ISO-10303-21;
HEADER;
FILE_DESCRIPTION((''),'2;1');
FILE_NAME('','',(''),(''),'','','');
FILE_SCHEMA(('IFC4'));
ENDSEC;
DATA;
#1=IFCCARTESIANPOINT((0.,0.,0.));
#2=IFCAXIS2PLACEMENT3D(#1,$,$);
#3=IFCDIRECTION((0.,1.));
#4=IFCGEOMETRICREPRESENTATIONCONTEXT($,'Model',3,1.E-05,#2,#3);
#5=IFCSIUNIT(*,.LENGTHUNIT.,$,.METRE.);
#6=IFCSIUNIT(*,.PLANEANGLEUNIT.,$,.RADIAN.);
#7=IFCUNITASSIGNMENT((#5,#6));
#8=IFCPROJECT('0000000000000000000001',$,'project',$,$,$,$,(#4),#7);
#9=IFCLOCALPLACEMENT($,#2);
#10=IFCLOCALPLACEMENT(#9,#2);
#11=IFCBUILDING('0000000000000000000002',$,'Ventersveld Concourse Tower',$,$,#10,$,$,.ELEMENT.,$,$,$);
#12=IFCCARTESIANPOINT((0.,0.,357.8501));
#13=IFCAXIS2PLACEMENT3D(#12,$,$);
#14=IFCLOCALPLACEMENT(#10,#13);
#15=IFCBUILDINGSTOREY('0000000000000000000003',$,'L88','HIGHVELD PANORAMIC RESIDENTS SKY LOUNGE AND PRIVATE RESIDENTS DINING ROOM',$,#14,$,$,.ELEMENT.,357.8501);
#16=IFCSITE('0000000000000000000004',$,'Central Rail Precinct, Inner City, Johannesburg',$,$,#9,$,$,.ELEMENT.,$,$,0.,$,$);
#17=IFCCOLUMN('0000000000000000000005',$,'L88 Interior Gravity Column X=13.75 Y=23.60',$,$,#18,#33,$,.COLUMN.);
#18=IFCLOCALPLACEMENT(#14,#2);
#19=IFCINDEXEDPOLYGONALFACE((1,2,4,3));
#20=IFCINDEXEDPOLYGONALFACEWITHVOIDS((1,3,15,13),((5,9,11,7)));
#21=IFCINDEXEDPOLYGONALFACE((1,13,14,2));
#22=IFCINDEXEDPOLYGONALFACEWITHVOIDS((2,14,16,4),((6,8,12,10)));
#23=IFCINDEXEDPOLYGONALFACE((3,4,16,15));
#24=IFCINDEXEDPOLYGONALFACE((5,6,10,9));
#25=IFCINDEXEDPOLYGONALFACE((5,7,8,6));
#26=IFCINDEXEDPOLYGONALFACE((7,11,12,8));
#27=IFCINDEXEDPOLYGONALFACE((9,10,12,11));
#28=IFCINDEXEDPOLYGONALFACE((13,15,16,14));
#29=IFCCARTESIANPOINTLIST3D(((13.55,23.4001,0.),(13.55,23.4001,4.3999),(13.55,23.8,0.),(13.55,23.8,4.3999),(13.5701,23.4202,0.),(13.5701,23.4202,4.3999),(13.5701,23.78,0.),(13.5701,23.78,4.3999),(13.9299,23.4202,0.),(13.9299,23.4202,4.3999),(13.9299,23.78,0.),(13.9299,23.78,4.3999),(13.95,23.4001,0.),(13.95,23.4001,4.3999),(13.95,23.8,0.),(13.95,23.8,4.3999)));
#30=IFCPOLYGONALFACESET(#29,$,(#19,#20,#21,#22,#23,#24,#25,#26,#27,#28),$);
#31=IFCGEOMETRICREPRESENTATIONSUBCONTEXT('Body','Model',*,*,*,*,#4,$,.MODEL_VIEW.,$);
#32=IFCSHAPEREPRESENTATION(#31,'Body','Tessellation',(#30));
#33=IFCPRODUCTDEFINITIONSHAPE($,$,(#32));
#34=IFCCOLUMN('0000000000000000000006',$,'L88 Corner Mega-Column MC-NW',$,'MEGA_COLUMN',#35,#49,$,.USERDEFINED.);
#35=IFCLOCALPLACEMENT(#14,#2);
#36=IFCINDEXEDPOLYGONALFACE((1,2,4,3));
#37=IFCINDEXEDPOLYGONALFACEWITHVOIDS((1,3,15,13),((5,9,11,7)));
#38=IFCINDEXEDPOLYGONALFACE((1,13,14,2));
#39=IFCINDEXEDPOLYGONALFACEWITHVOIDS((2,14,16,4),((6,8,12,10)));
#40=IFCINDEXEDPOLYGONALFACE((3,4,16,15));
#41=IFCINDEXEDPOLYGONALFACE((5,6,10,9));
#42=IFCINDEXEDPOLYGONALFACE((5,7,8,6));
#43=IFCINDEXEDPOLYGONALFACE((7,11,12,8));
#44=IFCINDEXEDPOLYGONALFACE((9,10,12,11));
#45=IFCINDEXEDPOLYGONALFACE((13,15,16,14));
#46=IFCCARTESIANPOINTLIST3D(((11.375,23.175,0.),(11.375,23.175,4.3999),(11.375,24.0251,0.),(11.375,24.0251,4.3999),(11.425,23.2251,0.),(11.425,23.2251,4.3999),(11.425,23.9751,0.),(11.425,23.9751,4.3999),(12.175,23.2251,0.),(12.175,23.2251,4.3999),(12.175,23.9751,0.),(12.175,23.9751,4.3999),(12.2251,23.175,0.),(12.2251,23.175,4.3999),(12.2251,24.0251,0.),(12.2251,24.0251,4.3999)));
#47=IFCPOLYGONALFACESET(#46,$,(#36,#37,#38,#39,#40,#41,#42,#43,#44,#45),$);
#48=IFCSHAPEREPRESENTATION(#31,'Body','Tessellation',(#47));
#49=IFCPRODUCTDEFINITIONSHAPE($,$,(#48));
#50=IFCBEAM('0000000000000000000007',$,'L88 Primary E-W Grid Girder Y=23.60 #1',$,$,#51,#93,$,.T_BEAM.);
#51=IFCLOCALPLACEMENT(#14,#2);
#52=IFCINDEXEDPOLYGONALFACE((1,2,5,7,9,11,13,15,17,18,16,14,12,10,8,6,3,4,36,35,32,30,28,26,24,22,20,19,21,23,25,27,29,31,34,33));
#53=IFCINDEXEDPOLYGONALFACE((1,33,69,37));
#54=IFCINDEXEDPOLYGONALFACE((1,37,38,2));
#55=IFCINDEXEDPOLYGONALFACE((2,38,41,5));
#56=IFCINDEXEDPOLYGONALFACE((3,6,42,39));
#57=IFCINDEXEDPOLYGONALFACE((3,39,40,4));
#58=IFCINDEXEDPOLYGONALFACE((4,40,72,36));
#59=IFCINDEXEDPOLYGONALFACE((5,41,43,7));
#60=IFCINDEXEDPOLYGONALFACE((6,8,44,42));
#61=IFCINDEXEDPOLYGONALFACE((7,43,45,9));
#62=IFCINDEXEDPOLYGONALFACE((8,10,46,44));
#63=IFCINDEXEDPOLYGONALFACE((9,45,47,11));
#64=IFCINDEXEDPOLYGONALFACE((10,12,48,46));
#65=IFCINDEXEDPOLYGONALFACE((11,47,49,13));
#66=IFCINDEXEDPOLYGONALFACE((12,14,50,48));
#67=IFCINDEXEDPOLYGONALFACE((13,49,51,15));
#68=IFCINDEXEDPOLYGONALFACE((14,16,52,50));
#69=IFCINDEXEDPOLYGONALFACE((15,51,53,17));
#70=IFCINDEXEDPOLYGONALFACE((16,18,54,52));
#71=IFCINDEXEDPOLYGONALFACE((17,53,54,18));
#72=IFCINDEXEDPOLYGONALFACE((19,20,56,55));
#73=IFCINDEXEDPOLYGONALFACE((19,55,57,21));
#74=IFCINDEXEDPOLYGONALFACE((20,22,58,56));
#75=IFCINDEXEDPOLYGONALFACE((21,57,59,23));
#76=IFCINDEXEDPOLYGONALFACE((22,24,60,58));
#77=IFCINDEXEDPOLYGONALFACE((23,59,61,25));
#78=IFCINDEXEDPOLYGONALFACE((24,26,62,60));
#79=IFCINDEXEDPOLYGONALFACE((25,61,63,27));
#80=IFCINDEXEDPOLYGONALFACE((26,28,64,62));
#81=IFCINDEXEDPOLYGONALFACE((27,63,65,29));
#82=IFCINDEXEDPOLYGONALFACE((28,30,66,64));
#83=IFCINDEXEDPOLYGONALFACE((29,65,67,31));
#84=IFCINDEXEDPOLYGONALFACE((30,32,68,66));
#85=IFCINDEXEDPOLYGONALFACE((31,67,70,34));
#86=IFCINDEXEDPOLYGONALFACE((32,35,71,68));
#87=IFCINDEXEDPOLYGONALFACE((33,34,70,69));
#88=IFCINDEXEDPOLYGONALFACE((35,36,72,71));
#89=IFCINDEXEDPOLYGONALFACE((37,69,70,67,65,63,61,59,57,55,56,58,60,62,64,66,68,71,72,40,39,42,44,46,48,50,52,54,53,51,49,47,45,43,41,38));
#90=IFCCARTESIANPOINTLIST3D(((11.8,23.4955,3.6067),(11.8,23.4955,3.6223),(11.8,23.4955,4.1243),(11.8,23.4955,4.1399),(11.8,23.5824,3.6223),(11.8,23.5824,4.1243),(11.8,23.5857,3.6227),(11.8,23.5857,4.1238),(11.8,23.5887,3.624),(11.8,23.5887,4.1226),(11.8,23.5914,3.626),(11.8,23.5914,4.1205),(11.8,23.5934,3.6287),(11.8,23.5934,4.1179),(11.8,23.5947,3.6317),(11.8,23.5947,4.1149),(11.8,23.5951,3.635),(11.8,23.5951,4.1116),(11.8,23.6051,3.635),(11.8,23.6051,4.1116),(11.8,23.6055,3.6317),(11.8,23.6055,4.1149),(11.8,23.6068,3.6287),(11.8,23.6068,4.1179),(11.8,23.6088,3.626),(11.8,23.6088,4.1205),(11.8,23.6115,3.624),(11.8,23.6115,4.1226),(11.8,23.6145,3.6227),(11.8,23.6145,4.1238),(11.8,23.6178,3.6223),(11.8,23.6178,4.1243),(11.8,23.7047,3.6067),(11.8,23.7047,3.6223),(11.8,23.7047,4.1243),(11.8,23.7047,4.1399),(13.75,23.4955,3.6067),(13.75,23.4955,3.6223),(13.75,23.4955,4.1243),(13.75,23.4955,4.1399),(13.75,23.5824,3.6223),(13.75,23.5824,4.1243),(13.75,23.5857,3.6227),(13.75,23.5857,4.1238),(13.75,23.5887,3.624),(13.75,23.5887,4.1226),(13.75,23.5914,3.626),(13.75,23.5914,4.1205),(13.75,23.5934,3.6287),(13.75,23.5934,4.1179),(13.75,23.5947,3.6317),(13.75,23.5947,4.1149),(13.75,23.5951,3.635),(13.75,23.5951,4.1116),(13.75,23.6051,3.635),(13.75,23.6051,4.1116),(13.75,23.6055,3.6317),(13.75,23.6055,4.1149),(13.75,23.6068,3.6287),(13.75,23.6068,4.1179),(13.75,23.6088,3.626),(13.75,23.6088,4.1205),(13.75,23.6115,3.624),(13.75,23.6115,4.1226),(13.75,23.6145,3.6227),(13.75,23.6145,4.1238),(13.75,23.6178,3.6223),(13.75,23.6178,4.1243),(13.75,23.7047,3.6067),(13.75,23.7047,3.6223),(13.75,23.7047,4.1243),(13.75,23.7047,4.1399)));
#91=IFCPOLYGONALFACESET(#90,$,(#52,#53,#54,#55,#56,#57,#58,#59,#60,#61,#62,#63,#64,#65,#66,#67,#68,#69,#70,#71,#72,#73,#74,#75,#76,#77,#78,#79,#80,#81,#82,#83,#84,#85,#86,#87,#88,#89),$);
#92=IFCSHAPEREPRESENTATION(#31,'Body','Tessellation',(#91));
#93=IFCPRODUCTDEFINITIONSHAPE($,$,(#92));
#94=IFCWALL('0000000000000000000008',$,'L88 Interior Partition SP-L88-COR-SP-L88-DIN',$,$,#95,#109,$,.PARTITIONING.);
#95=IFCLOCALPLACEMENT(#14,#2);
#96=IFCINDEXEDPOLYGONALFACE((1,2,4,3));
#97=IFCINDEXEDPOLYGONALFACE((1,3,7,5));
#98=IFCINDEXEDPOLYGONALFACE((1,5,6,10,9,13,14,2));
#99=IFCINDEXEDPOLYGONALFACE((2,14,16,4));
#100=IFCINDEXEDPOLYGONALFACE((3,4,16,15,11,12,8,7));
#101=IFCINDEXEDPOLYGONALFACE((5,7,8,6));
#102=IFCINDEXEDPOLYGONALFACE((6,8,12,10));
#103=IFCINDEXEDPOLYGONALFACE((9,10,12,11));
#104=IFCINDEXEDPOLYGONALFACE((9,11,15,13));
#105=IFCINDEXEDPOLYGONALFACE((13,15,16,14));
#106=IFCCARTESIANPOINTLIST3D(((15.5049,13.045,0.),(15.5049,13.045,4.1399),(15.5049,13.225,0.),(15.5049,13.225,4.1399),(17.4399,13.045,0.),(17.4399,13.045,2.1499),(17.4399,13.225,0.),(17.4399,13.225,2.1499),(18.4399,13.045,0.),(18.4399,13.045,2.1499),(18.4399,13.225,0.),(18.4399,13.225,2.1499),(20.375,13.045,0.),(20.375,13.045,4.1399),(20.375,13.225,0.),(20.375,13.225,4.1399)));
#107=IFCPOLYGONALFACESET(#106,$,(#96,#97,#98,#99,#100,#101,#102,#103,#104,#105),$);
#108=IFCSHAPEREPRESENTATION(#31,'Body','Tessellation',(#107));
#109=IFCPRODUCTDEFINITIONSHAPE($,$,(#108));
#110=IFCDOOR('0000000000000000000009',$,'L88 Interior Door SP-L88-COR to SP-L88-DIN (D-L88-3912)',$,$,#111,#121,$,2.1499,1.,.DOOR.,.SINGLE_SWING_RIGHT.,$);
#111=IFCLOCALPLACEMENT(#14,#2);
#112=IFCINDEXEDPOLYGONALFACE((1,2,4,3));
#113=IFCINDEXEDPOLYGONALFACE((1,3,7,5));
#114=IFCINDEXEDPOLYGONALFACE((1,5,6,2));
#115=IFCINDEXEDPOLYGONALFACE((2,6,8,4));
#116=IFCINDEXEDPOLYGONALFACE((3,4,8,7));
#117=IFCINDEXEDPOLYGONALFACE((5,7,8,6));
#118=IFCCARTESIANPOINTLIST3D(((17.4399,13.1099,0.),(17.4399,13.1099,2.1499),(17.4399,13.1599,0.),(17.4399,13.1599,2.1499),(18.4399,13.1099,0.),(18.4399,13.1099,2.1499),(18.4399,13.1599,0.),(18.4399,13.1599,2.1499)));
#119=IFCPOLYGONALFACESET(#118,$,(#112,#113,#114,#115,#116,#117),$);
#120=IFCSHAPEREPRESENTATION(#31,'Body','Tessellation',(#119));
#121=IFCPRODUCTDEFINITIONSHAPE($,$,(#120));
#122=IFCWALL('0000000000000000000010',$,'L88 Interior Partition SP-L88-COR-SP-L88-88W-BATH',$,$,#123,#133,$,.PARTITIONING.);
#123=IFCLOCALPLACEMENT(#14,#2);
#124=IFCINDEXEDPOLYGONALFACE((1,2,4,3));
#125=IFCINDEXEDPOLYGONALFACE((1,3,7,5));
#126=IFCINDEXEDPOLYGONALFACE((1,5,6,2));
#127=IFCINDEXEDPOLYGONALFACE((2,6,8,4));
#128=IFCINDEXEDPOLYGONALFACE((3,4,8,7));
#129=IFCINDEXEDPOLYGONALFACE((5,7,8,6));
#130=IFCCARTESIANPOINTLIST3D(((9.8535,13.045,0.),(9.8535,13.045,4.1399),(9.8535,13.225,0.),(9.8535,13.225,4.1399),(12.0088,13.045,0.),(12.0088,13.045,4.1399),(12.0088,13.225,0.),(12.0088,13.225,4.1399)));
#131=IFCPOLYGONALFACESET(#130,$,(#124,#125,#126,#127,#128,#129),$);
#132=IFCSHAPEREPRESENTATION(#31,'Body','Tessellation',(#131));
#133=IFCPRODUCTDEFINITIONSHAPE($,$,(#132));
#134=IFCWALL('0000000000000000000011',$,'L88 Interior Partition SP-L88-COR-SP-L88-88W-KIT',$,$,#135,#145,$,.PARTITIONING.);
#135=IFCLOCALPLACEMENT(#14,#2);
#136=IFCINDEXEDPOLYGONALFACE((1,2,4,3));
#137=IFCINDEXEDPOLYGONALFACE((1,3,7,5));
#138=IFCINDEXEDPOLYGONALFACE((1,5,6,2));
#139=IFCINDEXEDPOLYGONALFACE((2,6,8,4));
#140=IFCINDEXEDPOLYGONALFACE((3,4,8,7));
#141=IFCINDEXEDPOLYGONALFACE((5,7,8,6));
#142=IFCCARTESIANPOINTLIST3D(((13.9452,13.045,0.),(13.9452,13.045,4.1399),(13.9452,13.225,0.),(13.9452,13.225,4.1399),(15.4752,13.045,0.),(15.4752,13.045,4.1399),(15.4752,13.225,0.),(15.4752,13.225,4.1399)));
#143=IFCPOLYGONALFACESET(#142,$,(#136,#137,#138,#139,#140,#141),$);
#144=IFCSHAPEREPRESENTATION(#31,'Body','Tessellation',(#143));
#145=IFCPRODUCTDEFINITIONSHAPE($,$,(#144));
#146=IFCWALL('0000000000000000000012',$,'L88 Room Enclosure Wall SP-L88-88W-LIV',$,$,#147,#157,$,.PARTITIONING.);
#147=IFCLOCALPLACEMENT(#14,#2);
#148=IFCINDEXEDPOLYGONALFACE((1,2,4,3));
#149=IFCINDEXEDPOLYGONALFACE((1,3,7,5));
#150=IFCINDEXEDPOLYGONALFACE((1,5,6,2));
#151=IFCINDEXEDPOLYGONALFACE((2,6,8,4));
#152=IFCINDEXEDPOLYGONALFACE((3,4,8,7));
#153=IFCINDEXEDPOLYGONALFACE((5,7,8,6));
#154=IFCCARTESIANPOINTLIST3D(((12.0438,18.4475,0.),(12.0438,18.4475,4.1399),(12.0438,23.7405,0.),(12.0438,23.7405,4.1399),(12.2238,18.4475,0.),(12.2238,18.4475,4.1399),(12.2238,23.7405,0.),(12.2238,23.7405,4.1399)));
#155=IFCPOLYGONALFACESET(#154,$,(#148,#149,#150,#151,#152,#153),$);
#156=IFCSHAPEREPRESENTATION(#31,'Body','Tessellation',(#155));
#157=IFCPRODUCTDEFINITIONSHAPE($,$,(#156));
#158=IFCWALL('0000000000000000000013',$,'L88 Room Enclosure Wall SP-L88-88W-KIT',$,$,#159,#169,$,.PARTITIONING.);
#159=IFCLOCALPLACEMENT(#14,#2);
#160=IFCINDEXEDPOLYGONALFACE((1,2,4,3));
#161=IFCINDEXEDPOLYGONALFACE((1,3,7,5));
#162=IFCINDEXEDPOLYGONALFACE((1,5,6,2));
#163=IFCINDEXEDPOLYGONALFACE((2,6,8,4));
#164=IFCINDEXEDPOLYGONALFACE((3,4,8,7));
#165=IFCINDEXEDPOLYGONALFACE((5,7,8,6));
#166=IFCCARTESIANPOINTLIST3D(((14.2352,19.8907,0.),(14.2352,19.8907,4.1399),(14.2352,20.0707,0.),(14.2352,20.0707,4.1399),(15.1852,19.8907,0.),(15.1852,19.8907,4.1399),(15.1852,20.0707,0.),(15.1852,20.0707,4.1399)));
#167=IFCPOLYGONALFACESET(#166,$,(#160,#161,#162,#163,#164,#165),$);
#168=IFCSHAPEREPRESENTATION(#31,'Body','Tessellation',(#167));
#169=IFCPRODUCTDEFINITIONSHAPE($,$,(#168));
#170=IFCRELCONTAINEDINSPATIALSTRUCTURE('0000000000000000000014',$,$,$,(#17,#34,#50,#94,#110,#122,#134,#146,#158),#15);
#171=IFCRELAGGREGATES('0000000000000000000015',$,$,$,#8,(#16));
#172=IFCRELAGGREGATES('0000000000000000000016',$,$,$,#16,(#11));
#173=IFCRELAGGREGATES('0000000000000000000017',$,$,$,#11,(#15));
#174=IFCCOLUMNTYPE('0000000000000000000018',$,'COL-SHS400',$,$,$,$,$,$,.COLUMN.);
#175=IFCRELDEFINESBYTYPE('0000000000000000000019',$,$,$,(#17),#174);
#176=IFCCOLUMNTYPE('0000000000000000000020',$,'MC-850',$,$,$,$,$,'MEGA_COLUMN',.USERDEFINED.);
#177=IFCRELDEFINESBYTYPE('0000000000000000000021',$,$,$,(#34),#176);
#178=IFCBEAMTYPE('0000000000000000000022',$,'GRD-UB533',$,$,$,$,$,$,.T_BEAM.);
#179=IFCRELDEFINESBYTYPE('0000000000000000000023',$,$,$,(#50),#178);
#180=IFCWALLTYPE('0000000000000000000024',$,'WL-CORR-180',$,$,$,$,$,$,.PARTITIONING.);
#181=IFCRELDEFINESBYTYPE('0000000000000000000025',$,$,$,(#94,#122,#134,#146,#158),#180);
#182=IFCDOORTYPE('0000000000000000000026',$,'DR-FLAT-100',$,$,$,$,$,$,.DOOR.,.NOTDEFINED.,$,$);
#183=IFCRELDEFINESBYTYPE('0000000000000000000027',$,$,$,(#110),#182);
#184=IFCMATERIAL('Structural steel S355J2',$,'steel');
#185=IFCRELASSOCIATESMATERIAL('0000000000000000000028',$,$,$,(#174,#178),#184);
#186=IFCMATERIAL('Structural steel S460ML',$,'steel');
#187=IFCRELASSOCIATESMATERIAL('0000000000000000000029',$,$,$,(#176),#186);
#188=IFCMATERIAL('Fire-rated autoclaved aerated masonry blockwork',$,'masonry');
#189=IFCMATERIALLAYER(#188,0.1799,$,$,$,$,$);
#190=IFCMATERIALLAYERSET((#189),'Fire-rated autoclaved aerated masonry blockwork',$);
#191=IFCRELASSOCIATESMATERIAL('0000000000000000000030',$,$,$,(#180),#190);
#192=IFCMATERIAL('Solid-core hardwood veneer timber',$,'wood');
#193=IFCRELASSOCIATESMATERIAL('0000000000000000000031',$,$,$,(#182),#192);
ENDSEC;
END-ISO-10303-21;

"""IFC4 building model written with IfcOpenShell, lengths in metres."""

from ifc_helpers import new_model, si_unit, direction, frame, frame_2d, origin, origin_2d, place, context, subcontext, project, spatial, rectangle, hollow_rectangle, i_section, extrude, material, layer, layer_set, material_profile, profile_set, type_object, element, fill, save


model = new_model("IFC4")

# Units and contexts
model_context = context("Model", 3, precision=1e-05, world=origin(), true_north=direction((0.0, 1.0)))
body_context = subcontext(model_context, "Body", "Model", "MODEL_VIEW")
ifc_project = project(units=[si_unit("LENGTHUNIT", "METRE"), si_unit("PLANEANGLEUNIT", "RADIAN")], contexts=[model_context])

# Site, building, storey
site_placement = place(None, origin())
site = spatial("IfcSite", under=ifc_project, at=site_placement, Name="Central Rail Precinct, Inner City, Johannesburg", CompositionType="ELEMENT", RefElevation=0.0)
building_placement = place(site_placement, origin())
building = spatial("IfcBuilding", under=site, at=building_placement, Name="Ventersveld Concourse Tower", CompositionType="ELEMENT")
storey_placement = place(building_placement, frame((0.0, 0.0, 357.8501)))
storey = spatial("IfcBuildingStorey", under=building, at=storey_placement, Name="L88", Description="HIGHVELD PANORAMIC RESIDENTS SKY LOUNGE AND PRIVATE RESIDENTS DINING ROOM", CompositionType="ELEMENT", Elevation=357.8501)

# Columns
ifc_material_1 = material(Name="Structural steel S355J2", Category="steel")
ifc_material_profile_1 = material_profile(ifc_material_1, hollow_rectangle(XDim=0.3999, YDim=0.3999, WallThickness=0.02, at=origin_2d()), Name="SHS 400x400x20")
ifc_profile_set_1 = profile_set([ifc_material_profile_1], Name="Structural steel S355J2")
column_type_1 = type_object("IfcColumnType", Name="COL-SHS400", PredefinedType="COLUMN", material=ifc_profile_set_1)
column_1_placement = place(storey_placement, frame((13.75, 23.6001, 0.0), z_axis=(0.0, 0.0, 1.0), x_axis=(1.0, 0.0, 0.0)))
element("IfcColumn", 1, at=column_1_placement, inside=storey, type_object=column_type_1, Name="L88 Interior Gravity Column X=13.75 Y=23.60", PredefinedType="COLUMN", context=body_context, shape_type="SweptSolid", body=[
    extrude(hollow_rectangle(XDim=0.3999, YDim=0.3999, WallThickness=0.02, at=origin_2d()), origin(), (0.0, 0.0, 1.0), 4.3999),
])
ifc_material_2 = material(Name="Structural steel S460ML", Category="steel")
ifc_material_profile_2 = material_profile(ifc_material_2, hollow_rectangle(XDim=0.8501, YDim=0.8501, WallThickness=0.05, at=origin_2d()), Name="BOX 850x850x50")
ifc_profile_set_2 = profile_set([ifc_material_profile_2], Name="Structural steel S460ML")
column_type_2 = type_object("IfcColumnType", Name="MC-850", ElementType="MEGA_COLUMN", PredefinedType="USERDEFINED", material=ifc_profile_set_2)
column_2_placement = place(storey_placement, frame((11.8, 23.6001, 0.0), z_axis=(0.0, 0.0, 1.0), x_axis=(1.0, 0.0, 0.0)))
element("IfcColumn", 2, at=column_2_placement, inside=storey, type_object=column_type_2, Name="L88 Corner Mega-Column MC-NW", ObjectType="MEGA_COLUMN", PredefinedType="USERDEFINED", context=body_context, shape_type="SweptSolid", body=[
    extrude(hollow_rectangle(XDim=0.8501, YDim=0.8501, WallThickness=0.05, at=origin_2d()), origin(), (0.0, 0.0, 1.0), 4.3999),
])

# Beam
ifc_material_profile_3 = material_profile(ifc_material_1, i_section(OverallWidth=0.2092, OverallDepth=0.5332, WebThickness=0.01, FlangeThickness=0.0156, FilletRadius=0.0127, at=origin_2d()), Name="UB 533x210x92")
ifc_profile_set_3 = profile_set([ifc_material_profile_3], Name="Structural steel S355J2")
beam_type = type_object("IfcBeamType", Name="GRD-UB533", PredefinedType="T_BEAM", material=ifc_profile_set_3)
beam_placement = place(storey_placement, frame((11.8, 23.6001, 3.8733), z_axis=(1.0, 0.0, 0.0), x_axis=(0.0, 1.0, 0.0)))
element("IfcBeam", 3, at=beam_placement, inside=storey, type_object=beam_type, Name="L88 Primary E-W Grid Girder Y=23.60 #1", PredefinedType="T_BEAM", context=body_context, shape_type="SweptSolid", body=[
    extrude(i_section(OverallWidth=0.2092, OverallDepth=0.5332, WebThickness=0.01, FlangeThickness=0.0156, FilletRadius=0.0127, at=origin_2d()), origin(), (0.0, 0.0, 1.0), 1.95),
])

# Wall, opening, door
ifc_material_3 = material(Name="Fire-rated autoclaved aerated masonry blockwork", Category="masonry")
ifc_layer_1 = layer(ifc_material_3, 0.1799)
ifc_layer_set_1 = layer_set([ifc_layer_1], Name="Fire-rated autoclaved aerated masonry blockwork")
wall_type_1 = type_object("IfcWallType", Name="WL-CORR-180", PredefinedType="PARTITIONING", material=ifc_layer_set_1)
ifc_material_4 = material(Name="Solid-core hardwood veneer timber", Category="wood")
door_type_1 = type_object("IfcDoorType", Name="DR-FLAT-100", OperationType="NOTDEFINED", PredefinedType="DOOR", material=ifc_material_4)
wall_1_placement = place(storey_placement, frame((15.5049, 13.135, 0.0), z_axis=(0.0, 0.0, 1.0), x_axis=(1.0, 0.0, 0.0)))
wall_1 = element("IfcWall", 4, at=wall_1_placement, inside=storey, type_object=wall_type_1, Name="L88 Interior Partition SP-L88-COR-SP-L88-DIN", PredefinedType="PARTITIONING", context=body_context, shape_type="SweptSolid", body=[
    extrude(rectangle(XDim=4.8701, YDim=0.1799, at=frame_2d((2.4351, 0.0))), origin(), (0.0, 0.0, 1.0), 4.1399),
])
opening_1_placement = place(wall_1_placement, frame((1.9351, 0.0, 0.0)))
opening_1 = element("IfcOpeningElement", 5, at=opening_1_placement, cuts=wall_1, PredefinedType="OPENING", context=body_context, shape_type="SweptSolid", body=[
    extrude(rectangle(XDim=1.0, YDim=2.1499, at=frame_2d((0.5, 1.075))), frame((0.0, 0.1001, 0.0), z_axis=(0.0, -1.0, 0.0), x_axis=(1.0, 0.0, 0.0)), (0.0, 0.0, 1.0), 0.2),
])
door_1_placement = place(opening_1_placement, origin())
door_1 = element("IfcDoor", 6, at=door_1_placement, inside=storey, type_object=door_type_1, Name="L88 Interior Door SP-L88-COR to SP-L88-DIN (D-L88-3912)", OperationType="SINGLE_SWING_RIGHT", OverallHeight=2.1499, OverallWidth=1.0, PredefinedType="DOOR", context=body_context, shape_type="SweptSolid", body=[
    extrude(rectangle(XDim=1.0, YDim=2.1499, at=frame_2d((0.5, 1.075))), frame((0.0, 0.0249, 0.0), z_axis=(0.0, -1.0, 0.0), x_axis=(1.0, 0.0, 0.0)), (0.0, 0.0, 1.0), 0.05),
])
fill(opening_1, door_1)

# Walls
wall_2_placement = place(storey_placement, frame((9.8535, 13.135, 0.0), z_axis=(0.0, 0.0, 1.0), x_axis=(1.0, 0.0, 0.0)))
element("IfcWall", 7, at=wall_2_placement, inside=storey, type_object=wall_type_1, Name="L88 Interior Partition SP-L88-COR-SP-L88-88W-BATH", PredefinedType="PARTITIONING", context=body_context, shape_type="SweptSolid", body=[
    extrude(rectangle(XDim=2.1553, YDim=0.1799, at=frame_2d((1.0776, 0.0))), origin(), (0.0, 0.0, 1.0), 4.1399),
])
wall_3_placement = place(storey_placement, frame((13.9451, 13.135, 0.0), z_axis=(0.0, 0.0, 1.0), x_axis=(1.0, 0.0, 0.0)))
element("IfcWall", 8, at=wall_3_placement, inside=storey, type_object=wall_type_1, Name="L88 Interior Partition SP-L88-COR-SP-L88-88W-KIT", PredefinedType="PARTITIONING", context=body_context, shape_type="SweptSolid", body=[
    extrude(rectangle(XDim=1.53, YDim=0.1799, at=frame_2d((0.7651, 0.0))), origin(), (0.0, 0.0, 1.0), 4.1399),
])
wall_4_placement = place(storey_placement, frame((12.1338, 18.4475, 0.0), z_axis=(0.0, 0.0, 1.0), x_axis=(0.0, 1.0, 0.0)))
element("IfcWall", 9, at=wall_4_placement, inside=storey, type_object=wall_type_1, Name="L88 Room Enclosure Wall SP-L88-88W-LIV", PredefinedType="PARTITIONING", context=body_context, shape_type="SweptSolid", body=[
    extrude(rectangle(XDim=5.293, YDim=0.1799, at=frame_2d((2.6465, 0.0))), origin(), (0.0, 0.0, 1.0), 4.1399),
])
wall_5_placement = place(storey_placement, frame((14.2351, 19.9807, 0.0), z_axis=(0.0, 0.0, 1.0), x_axis=(1.0, 0.0, 0.0)))
element("IfcWall", 10, at=wall_5_placement, inside=storey, type_object=wall_type_1, Name="L88 Room Enclosure Wall SP-L88-88W-KIT", PredefinedType="PARTITIONING", context=body_context, shape_type="SweptSolid", body=[
    extrude(rectangle(XDim=0.95, YDim=0.1799, at=frame_2d((0.4751, 0.0))), origin(), (0.0, 0.0, 1.0), 4.1399),
])

save(model, "model.ifc")
